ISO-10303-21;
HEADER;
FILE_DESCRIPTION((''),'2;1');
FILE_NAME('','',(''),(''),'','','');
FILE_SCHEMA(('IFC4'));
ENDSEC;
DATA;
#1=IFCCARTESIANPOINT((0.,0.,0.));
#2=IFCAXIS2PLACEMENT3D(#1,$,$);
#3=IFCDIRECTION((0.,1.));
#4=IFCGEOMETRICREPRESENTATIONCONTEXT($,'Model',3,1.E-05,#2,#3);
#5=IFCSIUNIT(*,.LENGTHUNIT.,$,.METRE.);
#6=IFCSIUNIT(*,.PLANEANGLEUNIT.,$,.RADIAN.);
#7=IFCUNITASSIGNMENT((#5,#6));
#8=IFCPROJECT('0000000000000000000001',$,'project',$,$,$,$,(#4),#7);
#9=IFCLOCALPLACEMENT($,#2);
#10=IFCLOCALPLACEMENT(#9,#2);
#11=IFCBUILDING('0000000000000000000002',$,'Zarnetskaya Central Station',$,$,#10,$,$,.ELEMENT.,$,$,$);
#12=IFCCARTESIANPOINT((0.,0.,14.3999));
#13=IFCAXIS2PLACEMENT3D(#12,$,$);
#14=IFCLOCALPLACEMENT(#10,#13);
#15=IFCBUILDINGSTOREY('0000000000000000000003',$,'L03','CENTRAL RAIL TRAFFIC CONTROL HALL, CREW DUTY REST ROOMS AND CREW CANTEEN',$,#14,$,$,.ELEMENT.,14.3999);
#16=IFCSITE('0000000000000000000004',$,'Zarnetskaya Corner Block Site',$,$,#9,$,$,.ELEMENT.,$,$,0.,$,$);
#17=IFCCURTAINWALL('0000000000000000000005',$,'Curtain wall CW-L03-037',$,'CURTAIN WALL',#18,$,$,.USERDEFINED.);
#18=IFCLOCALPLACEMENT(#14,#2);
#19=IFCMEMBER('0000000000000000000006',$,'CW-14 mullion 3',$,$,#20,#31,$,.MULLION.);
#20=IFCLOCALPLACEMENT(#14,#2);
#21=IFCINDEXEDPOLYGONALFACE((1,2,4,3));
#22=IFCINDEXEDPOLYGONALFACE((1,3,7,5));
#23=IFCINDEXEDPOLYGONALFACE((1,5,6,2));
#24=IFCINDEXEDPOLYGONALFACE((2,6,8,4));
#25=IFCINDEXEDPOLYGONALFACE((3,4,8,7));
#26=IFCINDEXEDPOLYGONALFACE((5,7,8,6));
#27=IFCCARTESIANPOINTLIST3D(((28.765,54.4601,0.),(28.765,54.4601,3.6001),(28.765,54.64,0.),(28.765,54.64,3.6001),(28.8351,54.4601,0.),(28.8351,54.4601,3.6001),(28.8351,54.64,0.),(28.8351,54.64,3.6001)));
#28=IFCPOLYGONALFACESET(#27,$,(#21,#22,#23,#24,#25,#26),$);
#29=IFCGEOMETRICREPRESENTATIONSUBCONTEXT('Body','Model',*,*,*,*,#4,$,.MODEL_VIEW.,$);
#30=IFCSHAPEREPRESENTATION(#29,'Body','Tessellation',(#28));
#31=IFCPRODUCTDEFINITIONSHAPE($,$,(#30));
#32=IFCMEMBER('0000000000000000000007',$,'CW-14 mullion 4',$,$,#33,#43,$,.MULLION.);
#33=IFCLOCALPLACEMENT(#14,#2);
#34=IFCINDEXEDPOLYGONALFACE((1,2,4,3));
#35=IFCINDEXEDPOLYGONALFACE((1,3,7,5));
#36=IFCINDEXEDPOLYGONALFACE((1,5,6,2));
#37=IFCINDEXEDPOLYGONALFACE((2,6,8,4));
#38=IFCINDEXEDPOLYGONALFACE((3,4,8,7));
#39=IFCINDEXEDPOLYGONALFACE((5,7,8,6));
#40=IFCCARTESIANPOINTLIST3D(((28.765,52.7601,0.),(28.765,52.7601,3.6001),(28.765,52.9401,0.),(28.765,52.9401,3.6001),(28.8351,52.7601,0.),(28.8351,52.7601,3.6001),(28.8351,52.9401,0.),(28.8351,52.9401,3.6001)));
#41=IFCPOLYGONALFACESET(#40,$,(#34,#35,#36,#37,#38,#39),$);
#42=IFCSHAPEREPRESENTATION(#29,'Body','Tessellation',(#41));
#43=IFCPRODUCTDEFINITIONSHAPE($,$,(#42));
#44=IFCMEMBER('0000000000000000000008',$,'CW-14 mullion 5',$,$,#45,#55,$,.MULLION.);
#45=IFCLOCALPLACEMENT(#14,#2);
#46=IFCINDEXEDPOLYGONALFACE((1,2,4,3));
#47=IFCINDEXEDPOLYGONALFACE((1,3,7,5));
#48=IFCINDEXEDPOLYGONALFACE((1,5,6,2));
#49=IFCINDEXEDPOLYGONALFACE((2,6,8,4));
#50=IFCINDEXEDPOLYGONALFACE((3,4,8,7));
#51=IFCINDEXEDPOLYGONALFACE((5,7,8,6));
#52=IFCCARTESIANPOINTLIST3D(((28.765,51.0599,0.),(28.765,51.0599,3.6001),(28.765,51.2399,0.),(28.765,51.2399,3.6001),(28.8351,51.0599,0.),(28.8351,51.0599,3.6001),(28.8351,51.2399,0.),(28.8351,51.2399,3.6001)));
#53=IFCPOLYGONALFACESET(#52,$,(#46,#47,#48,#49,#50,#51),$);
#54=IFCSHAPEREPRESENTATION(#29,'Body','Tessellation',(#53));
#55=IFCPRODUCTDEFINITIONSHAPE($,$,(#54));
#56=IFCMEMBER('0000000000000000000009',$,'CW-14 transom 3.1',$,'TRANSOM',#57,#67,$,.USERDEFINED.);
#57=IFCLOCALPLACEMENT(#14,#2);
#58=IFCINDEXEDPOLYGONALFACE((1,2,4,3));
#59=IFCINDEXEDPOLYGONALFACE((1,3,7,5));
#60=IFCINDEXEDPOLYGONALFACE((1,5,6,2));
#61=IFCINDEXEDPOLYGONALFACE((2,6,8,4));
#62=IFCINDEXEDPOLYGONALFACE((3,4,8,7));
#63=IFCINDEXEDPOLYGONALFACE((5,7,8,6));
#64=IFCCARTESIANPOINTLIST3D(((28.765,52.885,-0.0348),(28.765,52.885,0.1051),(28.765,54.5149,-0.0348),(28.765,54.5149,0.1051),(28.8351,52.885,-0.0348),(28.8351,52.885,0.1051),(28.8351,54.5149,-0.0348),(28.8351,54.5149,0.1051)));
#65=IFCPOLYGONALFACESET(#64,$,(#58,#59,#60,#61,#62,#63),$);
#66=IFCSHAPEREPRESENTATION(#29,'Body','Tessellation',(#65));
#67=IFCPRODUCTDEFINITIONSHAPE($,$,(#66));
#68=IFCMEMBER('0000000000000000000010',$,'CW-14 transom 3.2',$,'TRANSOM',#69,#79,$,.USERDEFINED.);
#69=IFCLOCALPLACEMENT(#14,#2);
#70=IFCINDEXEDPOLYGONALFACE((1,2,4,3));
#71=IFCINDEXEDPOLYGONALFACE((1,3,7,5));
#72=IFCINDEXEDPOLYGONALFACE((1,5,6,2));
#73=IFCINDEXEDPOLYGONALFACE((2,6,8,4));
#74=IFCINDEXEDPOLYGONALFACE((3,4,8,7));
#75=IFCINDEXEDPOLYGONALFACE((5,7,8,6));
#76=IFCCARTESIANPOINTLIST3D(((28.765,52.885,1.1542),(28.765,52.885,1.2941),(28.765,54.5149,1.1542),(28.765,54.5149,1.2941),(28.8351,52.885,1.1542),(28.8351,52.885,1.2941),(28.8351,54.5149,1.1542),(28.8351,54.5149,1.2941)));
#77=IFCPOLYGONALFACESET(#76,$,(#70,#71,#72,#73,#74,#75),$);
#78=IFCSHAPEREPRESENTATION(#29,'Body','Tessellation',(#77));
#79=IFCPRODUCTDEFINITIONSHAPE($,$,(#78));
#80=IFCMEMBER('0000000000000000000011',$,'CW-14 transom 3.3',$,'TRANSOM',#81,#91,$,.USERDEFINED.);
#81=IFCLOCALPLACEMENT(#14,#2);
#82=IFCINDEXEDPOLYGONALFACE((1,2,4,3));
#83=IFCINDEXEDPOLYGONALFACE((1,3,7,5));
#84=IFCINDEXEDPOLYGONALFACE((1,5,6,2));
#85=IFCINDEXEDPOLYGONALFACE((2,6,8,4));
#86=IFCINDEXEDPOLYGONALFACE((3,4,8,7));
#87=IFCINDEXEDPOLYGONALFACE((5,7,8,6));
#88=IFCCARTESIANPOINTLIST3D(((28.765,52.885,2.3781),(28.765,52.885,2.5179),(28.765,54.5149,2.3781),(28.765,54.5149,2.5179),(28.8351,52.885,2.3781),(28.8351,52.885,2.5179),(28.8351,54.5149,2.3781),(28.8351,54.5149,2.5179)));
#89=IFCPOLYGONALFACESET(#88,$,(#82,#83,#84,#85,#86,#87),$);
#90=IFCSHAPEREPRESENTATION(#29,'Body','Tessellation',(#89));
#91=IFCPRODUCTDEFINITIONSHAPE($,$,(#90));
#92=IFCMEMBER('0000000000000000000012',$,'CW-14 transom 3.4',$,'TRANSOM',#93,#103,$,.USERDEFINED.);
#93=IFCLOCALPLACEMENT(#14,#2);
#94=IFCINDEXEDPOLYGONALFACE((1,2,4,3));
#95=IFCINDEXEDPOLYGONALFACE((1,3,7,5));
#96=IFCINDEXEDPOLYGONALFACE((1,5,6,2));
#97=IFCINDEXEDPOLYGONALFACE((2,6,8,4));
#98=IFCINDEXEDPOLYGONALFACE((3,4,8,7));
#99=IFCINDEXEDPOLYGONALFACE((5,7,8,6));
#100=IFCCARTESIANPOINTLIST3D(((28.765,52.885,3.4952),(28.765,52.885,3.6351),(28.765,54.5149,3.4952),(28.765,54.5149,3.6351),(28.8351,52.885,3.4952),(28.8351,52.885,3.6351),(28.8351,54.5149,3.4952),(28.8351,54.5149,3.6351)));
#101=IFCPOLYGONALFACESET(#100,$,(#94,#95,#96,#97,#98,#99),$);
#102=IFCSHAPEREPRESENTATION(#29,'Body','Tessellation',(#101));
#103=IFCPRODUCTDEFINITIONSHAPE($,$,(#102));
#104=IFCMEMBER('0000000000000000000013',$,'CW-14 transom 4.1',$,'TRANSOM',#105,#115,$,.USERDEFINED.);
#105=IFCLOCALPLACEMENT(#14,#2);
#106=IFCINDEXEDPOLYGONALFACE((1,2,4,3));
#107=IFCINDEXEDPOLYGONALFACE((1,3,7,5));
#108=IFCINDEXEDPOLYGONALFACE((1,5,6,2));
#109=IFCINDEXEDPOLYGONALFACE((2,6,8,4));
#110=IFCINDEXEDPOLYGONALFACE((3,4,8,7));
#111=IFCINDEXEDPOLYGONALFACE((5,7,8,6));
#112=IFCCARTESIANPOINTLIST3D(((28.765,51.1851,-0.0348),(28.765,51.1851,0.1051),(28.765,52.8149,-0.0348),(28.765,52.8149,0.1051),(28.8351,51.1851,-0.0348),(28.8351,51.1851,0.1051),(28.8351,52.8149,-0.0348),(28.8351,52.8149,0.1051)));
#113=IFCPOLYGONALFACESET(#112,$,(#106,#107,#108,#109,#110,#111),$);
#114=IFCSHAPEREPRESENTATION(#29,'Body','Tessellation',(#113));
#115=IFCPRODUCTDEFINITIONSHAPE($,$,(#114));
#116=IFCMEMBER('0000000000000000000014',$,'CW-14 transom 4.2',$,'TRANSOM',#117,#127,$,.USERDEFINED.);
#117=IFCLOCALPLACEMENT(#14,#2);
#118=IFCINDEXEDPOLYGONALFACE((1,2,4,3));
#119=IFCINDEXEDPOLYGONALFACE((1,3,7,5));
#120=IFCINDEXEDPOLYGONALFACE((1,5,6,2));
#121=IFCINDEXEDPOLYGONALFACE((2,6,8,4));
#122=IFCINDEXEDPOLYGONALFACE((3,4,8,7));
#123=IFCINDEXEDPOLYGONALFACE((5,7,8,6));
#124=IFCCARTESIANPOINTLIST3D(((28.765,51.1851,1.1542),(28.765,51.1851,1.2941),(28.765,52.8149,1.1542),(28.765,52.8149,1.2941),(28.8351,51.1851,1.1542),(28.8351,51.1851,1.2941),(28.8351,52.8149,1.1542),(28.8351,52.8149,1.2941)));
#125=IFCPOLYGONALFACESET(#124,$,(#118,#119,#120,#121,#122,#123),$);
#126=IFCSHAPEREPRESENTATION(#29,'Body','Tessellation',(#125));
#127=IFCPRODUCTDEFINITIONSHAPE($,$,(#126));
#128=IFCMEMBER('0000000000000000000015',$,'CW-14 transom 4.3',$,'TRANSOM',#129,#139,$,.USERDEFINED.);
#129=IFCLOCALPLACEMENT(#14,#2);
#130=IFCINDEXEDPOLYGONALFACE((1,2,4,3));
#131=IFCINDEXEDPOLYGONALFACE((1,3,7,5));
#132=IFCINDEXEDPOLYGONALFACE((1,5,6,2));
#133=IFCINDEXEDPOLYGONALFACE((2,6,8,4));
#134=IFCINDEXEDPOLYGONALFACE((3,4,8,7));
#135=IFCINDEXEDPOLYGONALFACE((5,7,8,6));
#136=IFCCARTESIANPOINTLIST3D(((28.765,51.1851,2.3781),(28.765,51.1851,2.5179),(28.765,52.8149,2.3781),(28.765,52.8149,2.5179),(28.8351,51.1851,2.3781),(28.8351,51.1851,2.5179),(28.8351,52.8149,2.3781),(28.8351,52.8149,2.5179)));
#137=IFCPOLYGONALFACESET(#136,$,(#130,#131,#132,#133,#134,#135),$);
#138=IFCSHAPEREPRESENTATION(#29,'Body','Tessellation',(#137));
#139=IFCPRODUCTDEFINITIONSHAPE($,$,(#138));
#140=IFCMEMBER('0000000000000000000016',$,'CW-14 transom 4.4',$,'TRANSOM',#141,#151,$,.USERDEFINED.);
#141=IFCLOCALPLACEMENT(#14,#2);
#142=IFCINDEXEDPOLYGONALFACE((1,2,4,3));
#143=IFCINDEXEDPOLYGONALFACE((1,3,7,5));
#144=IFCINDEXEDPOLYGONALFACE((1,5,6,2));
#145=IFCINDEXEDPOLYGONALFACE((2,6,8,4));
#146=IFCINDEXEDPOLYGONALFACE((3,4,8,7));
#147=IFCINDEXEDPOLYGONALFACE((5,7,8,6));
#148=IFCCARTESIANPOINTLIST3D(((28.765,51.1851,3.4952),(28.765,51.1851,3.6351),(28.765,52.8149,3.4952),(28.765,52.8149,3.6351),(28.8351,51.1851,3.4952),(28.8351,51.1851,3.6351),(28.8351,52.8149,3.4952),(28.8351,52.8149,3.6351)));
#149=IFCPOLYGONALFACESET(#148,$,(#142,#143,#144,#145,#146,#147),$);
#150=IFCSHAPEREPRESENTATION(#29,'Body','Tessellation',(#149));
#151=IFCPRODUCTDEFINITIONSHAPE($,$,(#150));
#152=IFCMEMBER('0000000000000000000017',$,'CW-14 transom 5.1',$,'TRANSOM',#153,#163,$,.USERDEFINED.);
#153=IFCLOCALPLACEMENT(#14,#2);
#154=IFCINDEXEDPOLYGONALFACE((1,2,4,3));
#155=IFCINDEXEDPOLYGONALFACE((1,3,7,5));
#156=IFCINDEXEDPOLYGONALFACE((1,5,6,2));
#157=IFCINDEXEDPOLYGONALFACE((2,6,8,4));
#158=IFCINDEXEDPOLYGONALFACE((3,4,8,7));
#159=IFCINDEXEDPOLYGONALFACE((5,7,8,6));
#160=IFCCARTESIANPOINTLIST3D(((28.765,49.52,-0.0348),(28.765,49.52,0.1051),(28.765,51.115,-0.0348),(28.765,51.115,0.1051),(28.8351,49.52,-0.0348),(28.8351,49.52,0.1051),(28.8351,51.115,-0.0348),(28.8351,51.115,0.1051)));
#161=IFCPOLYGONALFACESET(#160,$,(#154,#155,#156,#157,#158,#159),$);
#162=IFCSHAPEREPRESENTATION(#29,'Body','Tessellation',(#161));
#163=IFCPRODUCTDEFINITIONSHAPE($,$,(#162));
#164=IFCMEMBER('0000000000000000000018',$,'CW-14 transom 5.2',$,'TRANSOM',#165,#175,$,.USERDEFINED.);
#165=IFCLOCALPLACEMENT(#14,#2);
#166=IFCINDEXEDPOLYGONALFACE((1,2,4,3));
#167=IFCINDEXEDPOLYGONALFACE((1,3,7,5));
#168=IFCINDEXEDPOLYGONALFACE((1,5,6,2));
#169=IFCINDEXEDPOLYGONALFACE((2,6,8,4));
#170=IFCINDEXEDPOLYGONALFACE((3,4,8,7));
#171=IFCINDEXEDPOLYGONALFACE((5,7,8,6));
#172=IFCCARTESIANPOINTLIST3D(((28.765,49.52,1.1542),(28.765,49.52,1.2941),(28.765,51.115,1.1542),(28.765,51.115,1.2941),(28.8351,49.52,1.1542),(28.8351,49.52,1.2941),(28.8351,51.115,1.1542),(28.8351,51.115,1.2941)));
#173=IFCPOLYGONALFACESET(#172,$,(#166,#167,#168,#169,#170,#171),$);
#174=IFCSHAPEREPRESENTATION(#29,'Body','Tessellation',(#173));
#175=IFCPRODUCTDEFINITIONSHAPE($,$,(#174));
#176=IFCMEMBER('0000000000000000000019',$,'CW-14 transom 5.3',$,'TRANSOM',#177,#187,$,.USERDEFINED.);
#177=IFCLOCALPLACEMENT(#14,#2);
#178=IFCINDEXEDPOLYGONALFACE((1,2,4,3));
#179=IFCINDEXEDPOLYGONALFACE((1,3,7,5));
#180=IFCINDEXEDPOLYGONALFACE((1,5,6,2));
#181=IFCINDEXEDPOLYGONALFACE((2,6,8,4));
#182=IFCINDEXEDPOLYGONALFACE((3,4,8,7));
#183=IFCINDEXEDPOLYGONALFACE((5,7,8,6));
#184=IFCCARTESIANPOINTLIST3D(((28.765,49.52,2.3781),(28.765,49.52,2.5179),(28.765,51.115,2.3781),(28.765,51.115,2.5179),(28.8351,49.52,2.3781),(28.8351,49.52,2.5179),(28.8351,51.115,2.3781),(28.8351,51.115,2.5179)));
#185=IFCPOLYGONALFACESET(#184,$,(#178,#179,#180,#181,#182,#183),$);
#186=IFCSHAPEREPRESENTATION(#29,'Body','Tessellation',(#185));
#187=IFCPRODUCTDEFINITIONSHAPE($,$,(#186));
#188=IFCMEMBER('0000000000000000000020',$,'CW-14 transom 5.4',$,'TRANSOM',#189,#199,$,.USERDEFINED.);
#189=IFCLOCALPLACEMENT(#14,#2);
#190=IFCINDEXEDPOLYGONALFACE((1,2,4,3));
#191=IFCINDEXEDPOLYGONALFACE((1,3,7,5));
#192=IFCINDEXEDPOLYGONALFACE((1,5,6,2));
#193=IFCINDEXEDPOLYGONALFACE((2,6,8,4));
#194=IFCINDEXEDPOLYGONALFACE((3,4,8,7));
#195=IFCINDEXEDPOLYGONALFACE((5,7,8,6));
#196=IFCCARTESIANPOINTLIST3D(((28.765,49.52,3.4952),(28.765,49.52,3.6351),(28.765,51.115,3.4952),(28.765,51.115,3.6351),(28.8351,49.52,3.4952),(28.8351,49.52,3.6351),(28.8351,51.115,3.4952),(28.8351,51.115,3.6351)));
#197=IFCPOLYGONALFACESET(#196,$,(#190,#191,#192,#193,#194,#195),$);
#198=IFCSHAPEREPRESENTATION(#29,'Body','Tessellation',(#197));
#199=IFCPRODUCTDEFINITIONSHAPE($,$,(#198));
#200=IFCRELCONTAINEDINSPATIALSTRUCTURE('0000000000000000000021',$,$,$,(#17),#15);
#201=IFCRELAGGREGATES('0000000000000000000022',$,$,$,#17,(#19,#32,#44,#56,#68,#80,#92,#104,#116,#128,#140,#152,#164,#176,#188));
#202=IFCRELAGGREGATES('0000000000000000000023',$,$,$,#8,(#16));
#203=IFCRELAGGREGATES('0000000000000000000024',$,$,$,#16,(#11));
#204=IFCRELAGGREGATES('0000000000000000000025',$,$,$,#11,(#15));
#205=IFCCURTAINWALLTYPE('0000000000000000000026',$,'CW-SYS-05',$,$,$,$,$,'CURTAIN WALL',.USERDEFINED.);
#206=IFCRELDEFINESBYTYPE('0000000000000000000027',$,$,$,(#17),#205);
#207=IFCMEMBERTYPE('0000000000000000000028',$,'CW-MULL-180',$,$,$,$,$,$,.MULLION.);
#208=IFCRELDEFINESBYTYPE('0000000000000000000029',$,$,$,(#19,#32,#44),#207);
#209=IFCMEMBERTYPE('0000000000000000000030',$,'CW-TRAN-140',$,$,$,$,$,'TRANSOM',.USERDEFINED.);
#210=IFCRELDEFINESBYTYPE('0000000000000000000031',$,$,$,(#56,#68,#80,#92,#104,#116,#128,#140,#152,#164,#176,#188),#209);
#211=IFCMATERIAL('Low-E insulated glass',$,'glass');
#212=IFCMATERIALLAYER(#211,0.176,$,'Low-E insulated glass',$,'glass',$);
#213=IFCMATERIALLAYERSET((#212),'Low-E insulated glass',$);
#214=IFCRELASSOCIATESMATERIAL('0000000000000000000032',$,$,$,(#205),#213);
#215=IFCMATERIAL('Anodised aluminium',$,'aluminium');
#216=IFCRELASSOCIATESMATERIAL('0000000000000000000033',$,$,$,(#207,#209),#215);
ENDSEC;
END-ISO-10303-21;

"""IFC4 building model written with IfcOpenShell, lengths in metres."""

from ifc_helpers import new_model, si_unit, direction, frame, origin, origin_2d, place, context, subcontext, project, spatial, rectangle, extrude, material, layer, layer_set, material_profile, profile_set, type_object, element, aggregate, save


model = new_model("IFC4")

# Units and contexts
model_context = context("Model", 3, precision=1e-05, world=origin(), true_north=direction((0.0, 1.0)))
body_context = subcontext(model_context, "Body", "Model", "MODEL_VIEW")
ifc_project = project(units=[si_unit("LENGTHUNIT", "METRE"), si_unit("PLANEANGLEUNIT", "RADIAN")], contexts=[model_context])

# Site, building, storey
site_placement = place(None, origin())
site = spatial("IfcSite", under=ifc_project, at=site_placement, Name="Zarnetskaya Corner Block Site", CompositionType="ELEMENT", RefElevation=0.0)
building_placement = place(site_placement, origin())
building = spatial("IfcBuilding", under=site, at=building_placement, Name="Zarnetskaya Central Station", CompositionType="ELEMENT")
storey_placement = place(building_placement, frame((0.0, 0.0, 14.3999)))
storey = spatial("IfcBuildingStorey", under=building, at=storey_placement, Name="L03", Description="CENTRAL RAIL TRAFFIC CONTROL HALL, CREW DUTY REST ROOMS AND CREW CANTEEN", CompositionType="ELEMENT", Elevation=14.3999)

# Curtain wall, members
ifc_material_1 = material(Name="Low-E insulated glass", Category="glass")
ifc_layer_1 = layer(ifc_material_1, 0.176, Name="Low-E insulated glass", Category="glass")
ifc_layer_set_1 = layer_set([ifc_layer_1], Name="Low-E insulated glass")
curtain_wall_type = type_object("IfcCurtainWallType", Name="CW-SYS-05", ElementType="CURTAIN WALL", PredefinedType="USERDEFINED", material=ifc_layer_set_1)
curtain_wall_placement = place(storey_placement, origin())
curtain_wall = element("IfcCurtainWall", 1, at=curtain_wall_placement, inside=storey, type_object=curtain_wall_type, Name="Curtain wall CW-L03-037", ObjectType="CURTAIN WALL", PredefinedType="USERDEFINED")
ifc_material_2 = material(Name="Anodised aluminium", Category="aluminium")
ifc_material_profile_1 = material_profile(ifc_material_2, rectangle(XDim=0.0701, YDim=0.1799, at=origin_2d()), Name="ALU MULL 70x180")
ifc_profile_set_1 = profile_set([ifc_material_profile_1], Name="Anodised aluminium")
member_type_1 = type_object("IfcMemberType", Name="CW-MULL-180", PredefinedType="MULLION", material=ifc_profile_set_1)
member_1_placement = place(storey_placement, frame((28.8, 54.55, 0.0), z_axis=(0.0, 0.0, 1.0), x_axis=(1.0, 0.0, 0.0)))
member_1 = element("IfcMember", 2, at=member_1_placement, type_object=member_type_1, Name="CW-14 mullion 3", PredefinedType="MULLION", context=body_context, shape_type="SweptSolid", body=[
    extrude(rectangle(XDim=0.0701, YDim=0.1799, at=origin_2d()), origin(), (0.0, 0.0, 1.0), 3.6001),
])
member_2_placement = place(storey_placement, frame((28.8, 52.8501, 0.0), z_axis=(0.0, 0.0, 1.0), x_axis=(1.0, 0.0, 0.0)))
member_2 = element("IfcMember", 3, at=member_2_placement, type_object=member_type_1, Name="CW-14 mullion 4", PredefinedType="MULLION", context=body_context, shape_type="SweptSolid", body=[
    extrude(rectangle(XDim=0.0701, YDim=0.1799, at=origin_2d()), origin(), (0.0, 0.0, 1.0), 3.6001),
])
member_3_placement = place(storey_placement, frame((28.8, 51.1499, 0.0), z_axis=(0.0, 0.0, 1.0), x_axis=(1.0, 0.0, 0.0)))
member_3 = element("IfcMember", 4, at=member_3_placement, type_object=member_type_1, Name="CW-14 mullion 5", PredefinedType="MULLION", context=body_context, shape_type="SweptSolid", body=[
    extrude(rectangle(XDim=0.0701, YDim=0.1799, at=origin_2d()), origin(), (0.0, 0.0, 1.0), 3.6001),
])
ifc_material_profile_2 = material_profile(ifc_material_2, rectangle(XDim=0.0701, YDim=0.1399, at=origin_2d()), Name="ALU TRAN 70x140")
ifc_profile_set_2 = profile_set([ifc_material_profile_2], Name="Anodised aluminium")
member_type_2 = type_object("IfcMemberType", Name="CW-TRAN-140", ElementType="TRANSOM", PredefinedType="USERDEFINED", material=ifc_profile_set_2)
member_4_placement = place(storey_placement, frame((28.8, 54.5149, 0.0352), z_axis=(0.0, -1.0, 0.0), x_axis=(1.0, 0.0, 0.0)))
member_4 = element("IfcMember", 5, at=member_4_placement, type_object=member_type_2, Name="CW-14 transom 3.1", ObjectType="TRANSOM", PredefinedType="USERDEFINED", context=body_context, shape_type="SweptSolid", body=[
    extrude(rectangle(XDim=0.0701, YDim=0.1399, at=origin_2d()), origin(), (0.0, 0.0, 1.0), 1.6299),
])
member_5_placement = place(storey_placement, frame((28.8, 54.5149, 1.2241), z_axis=(0.0, -1.0, 0.0), x_axis=(1.0, 0.0, 0.0)))
member_5 = element("IfcMember", 6, at=member_5_placement, type_object=member_type_2, Name="CW-14 transom 3.2", ObjectType="TRANSOM", PredefinedType="USERDEFINED", context=body_context, shape_type="SweptSolid", body=[
    extrude(rectangle(XDim=0.0701, YDim=0.1399, at=origin_2d()), origin(), (0.0, 0.0, 1.0), 1.6299),
])
member_6_placement = place(storey_placement, frame((28.8, 54.5149, 2.448), z_axis=(0.0, -1.0, 0.0), x_axis=(1.0, 0.0, 0.0)))
member_6 = element("IfcMember", 7, at=member_6_placement, type_object=member_type_2, Name="CW-14 transom 3.3", ObjectType="TRANSOM", PredefinedType="USERDEFINED", context=body_context, shape_type="SweptSolid", body=[
    extrude(rectangle(XDim=0.0701, YDim=0.1399, at=origin_2d()), origin(), (0.0, 0.0, 1.0), 1.6299),
])
member_7_placement = place(storey_placement, frame((28.8, 54.5149, 3.5652), z_axis=(0.0, -1.0, 0.0), x_axis=(1.0, 0.0, 0.0)))
member_7 = element("IfcMember", 8, at=member_7_placement, type_object=member_type_2, Name="CW-14 transom 3.4", ObjectType="TRANSOM", PredefinedType="USERDEFINED", context=body_context, shape_type="SweptSolid", body=[
    extrude(rectangle(XDim=0.0701, YDim=0.1399, at=origin_2d()), origin(), (0.0, 0.0, 1.0), 1.6299),
])
member_8_placement = place(storey_placement, frame((28.8, 52.8149, 0.0352), z_axis=(0.0, -1.0, 0.0), x_axis=(1.0, 0.0, 0.0)))
member_8 = element("IfcMember", 9, at=member_8_placement, type_object=member_type_2, Name="CW-14 transom 4.1", ObjectType="TRANSOM", PredefinedType="USERDEFINED", context=body_context, shape_type="SweptSolid", body=[
    extrude(rectangle(XDim=0.0701, YDim=0.1399, at=origin_2d()), origin(), (0.0, 0.0, 1.0), 1.6299),
])
member_9_placement = place(storey_placement, frame((28.8, 52.8149, 1.2241), z_axis=(0.0, -1.0, 0.0), x_axis=(1.0, 0.0, 0.0)))
member_9 = element("IfcMember", 10, at=member_9_placement, type_object=member_type_2, Name="CW-14 transom 4.2", ObjectType="TRANSOM", PredefinedType="USERDEFINED", context=body_context, shape_type="SweptSolid", body=[
    extrude(rectangle(XDim=0.0701, YDim=0.1399, at=origin_2d()), origin(), (0.0, 0.0, 1.0), 1.6299),
])
member_10_placement = place(storey_placement, frame((28.8, 52.8149, 2.448), z_axis=(0.0, -1.0, 0.0), x_axis=(1.0, 0.0, 0.0)))
member_10 = element("IfcMember", 11, at=member_10_placement, type_object=member_type_2, Name="CW-14 transom 4.3", ObjectType="TRANSOM", PredefinedType="USERDEFINED", context=body_context, shape_type="SweptSolid", body=[
    extrude(rectangle(XDim=0.0701, YDim=0.1399, at=origin_2d()), origin(), (0.0, 0.0, 1.0), 1.6299),
])
member_11_placement = place(storey_placement, frame((28.8, 52.8149, 3.5652), z_axis=(0.0, -1.0, 0.0), x_axis=(1.0, 0.0, 0.0)))
member_11 = element("IfcMember", 12, at=member_11_placement, type_object=member_type_2, Name="CW-14 transom 4.4", ObjectType="TRANSOM", PredefinedType="USERDEFINED", context=body_context, shape_type="SweptSolid", body=[
    extrude(rectangle(XDim=0.0701, YDim=0.1399, at=origin_2d()), origin(), (0.0, 0.0, 1.0), 1.6299),
])
member_12_placement = place(storey_placement, frame((28.8, 51.115, 0.0352), z_axis=(0.0, -1.0, 0.0), x_axis=(1.0, 0.0, 0.0)))
member_12 = element("IfcMember", 13, at=member_12_placement, type_object=member_type_2, Name="CW-14 transom 5.1", ObjectType="TRANSOM", PredefinedType="USERDEFINED", context=body_context, shape_type="SweptSolid", body=[
    extrude(rectangle(XDim=0.0701, YDim=0.1399, at=origin_2d()), origin(), (0.0, 0.0, 1.0), 1.595),
])
member_13_placement = place(storey_placement, frame((28.8, 51.115, 1.2241), z_axis=(0.0, -1.0, 0.0), x_axis=(1.0, 0.0, 0.0)))
member_13 = element("IfcMember", 14, at=member_13_placement, type_object=member_type_2, Name="CW-14 transom 5.2", ObjectType="TRANSOM", PredefinedType="USERDEFINED", context=body_context, shape_type="SweptSolid", body=[
    extrude(rectangle(XDim=0.0701, YDim=0.1399, at=origin_2d()), origin(), (0.0, 0.0, 1.0), 1.595),
])
member_14_placement = place(storey_placement, frame((28.8, 51.115, 2.448), z_axis=(0.0, -1.0, 0.0), x_axis=(1.0, 0.0, 0.0)))
member_14 = element("IfcMember", 15, at=member_14_placement, type_object=member_type_2, Name="CW-14 transom 5.3", ObjectType="TRANSOM", PredefinedType="USERDEFINED", context=body_context, shape_type="SweptSolid", body=[
    extrude(rectangle(XDim=0.0701, YDim=0.1399, at=origin_2d()), origin(), (0.0, 0.0, 1.0), 1.595),
])
member_15_placement = place(storey_placement, frame((28.8, 51.115, 3.5652), z_axis=(0.0, -1.0, 0.0), x_axis=(1.0, 0.0, 0.0)))
member_15 = element("IfcMember", 16, at=member_15_placement, type_object=member_type_2, Name="CW-14 transom 5.4", ObjectType="TRANSOM", PredefinedType="USERDEFINED", context=body_context, shape_type="SweptSolid", body=[
    extrude(rectangle(XDim=0.0701, YDim=0.1399, at=origin_2d()), origin(), (0.0, 0.0, 1.0), 1.595),
])
aggregate(curtain_wall, [member_1, member_2, member_3, member_4, member_5, member_6, member_7, member_8, member_9, member_10, member_11, member_12, member_13, member_14, member_15])

save(model, "model.ifc")
